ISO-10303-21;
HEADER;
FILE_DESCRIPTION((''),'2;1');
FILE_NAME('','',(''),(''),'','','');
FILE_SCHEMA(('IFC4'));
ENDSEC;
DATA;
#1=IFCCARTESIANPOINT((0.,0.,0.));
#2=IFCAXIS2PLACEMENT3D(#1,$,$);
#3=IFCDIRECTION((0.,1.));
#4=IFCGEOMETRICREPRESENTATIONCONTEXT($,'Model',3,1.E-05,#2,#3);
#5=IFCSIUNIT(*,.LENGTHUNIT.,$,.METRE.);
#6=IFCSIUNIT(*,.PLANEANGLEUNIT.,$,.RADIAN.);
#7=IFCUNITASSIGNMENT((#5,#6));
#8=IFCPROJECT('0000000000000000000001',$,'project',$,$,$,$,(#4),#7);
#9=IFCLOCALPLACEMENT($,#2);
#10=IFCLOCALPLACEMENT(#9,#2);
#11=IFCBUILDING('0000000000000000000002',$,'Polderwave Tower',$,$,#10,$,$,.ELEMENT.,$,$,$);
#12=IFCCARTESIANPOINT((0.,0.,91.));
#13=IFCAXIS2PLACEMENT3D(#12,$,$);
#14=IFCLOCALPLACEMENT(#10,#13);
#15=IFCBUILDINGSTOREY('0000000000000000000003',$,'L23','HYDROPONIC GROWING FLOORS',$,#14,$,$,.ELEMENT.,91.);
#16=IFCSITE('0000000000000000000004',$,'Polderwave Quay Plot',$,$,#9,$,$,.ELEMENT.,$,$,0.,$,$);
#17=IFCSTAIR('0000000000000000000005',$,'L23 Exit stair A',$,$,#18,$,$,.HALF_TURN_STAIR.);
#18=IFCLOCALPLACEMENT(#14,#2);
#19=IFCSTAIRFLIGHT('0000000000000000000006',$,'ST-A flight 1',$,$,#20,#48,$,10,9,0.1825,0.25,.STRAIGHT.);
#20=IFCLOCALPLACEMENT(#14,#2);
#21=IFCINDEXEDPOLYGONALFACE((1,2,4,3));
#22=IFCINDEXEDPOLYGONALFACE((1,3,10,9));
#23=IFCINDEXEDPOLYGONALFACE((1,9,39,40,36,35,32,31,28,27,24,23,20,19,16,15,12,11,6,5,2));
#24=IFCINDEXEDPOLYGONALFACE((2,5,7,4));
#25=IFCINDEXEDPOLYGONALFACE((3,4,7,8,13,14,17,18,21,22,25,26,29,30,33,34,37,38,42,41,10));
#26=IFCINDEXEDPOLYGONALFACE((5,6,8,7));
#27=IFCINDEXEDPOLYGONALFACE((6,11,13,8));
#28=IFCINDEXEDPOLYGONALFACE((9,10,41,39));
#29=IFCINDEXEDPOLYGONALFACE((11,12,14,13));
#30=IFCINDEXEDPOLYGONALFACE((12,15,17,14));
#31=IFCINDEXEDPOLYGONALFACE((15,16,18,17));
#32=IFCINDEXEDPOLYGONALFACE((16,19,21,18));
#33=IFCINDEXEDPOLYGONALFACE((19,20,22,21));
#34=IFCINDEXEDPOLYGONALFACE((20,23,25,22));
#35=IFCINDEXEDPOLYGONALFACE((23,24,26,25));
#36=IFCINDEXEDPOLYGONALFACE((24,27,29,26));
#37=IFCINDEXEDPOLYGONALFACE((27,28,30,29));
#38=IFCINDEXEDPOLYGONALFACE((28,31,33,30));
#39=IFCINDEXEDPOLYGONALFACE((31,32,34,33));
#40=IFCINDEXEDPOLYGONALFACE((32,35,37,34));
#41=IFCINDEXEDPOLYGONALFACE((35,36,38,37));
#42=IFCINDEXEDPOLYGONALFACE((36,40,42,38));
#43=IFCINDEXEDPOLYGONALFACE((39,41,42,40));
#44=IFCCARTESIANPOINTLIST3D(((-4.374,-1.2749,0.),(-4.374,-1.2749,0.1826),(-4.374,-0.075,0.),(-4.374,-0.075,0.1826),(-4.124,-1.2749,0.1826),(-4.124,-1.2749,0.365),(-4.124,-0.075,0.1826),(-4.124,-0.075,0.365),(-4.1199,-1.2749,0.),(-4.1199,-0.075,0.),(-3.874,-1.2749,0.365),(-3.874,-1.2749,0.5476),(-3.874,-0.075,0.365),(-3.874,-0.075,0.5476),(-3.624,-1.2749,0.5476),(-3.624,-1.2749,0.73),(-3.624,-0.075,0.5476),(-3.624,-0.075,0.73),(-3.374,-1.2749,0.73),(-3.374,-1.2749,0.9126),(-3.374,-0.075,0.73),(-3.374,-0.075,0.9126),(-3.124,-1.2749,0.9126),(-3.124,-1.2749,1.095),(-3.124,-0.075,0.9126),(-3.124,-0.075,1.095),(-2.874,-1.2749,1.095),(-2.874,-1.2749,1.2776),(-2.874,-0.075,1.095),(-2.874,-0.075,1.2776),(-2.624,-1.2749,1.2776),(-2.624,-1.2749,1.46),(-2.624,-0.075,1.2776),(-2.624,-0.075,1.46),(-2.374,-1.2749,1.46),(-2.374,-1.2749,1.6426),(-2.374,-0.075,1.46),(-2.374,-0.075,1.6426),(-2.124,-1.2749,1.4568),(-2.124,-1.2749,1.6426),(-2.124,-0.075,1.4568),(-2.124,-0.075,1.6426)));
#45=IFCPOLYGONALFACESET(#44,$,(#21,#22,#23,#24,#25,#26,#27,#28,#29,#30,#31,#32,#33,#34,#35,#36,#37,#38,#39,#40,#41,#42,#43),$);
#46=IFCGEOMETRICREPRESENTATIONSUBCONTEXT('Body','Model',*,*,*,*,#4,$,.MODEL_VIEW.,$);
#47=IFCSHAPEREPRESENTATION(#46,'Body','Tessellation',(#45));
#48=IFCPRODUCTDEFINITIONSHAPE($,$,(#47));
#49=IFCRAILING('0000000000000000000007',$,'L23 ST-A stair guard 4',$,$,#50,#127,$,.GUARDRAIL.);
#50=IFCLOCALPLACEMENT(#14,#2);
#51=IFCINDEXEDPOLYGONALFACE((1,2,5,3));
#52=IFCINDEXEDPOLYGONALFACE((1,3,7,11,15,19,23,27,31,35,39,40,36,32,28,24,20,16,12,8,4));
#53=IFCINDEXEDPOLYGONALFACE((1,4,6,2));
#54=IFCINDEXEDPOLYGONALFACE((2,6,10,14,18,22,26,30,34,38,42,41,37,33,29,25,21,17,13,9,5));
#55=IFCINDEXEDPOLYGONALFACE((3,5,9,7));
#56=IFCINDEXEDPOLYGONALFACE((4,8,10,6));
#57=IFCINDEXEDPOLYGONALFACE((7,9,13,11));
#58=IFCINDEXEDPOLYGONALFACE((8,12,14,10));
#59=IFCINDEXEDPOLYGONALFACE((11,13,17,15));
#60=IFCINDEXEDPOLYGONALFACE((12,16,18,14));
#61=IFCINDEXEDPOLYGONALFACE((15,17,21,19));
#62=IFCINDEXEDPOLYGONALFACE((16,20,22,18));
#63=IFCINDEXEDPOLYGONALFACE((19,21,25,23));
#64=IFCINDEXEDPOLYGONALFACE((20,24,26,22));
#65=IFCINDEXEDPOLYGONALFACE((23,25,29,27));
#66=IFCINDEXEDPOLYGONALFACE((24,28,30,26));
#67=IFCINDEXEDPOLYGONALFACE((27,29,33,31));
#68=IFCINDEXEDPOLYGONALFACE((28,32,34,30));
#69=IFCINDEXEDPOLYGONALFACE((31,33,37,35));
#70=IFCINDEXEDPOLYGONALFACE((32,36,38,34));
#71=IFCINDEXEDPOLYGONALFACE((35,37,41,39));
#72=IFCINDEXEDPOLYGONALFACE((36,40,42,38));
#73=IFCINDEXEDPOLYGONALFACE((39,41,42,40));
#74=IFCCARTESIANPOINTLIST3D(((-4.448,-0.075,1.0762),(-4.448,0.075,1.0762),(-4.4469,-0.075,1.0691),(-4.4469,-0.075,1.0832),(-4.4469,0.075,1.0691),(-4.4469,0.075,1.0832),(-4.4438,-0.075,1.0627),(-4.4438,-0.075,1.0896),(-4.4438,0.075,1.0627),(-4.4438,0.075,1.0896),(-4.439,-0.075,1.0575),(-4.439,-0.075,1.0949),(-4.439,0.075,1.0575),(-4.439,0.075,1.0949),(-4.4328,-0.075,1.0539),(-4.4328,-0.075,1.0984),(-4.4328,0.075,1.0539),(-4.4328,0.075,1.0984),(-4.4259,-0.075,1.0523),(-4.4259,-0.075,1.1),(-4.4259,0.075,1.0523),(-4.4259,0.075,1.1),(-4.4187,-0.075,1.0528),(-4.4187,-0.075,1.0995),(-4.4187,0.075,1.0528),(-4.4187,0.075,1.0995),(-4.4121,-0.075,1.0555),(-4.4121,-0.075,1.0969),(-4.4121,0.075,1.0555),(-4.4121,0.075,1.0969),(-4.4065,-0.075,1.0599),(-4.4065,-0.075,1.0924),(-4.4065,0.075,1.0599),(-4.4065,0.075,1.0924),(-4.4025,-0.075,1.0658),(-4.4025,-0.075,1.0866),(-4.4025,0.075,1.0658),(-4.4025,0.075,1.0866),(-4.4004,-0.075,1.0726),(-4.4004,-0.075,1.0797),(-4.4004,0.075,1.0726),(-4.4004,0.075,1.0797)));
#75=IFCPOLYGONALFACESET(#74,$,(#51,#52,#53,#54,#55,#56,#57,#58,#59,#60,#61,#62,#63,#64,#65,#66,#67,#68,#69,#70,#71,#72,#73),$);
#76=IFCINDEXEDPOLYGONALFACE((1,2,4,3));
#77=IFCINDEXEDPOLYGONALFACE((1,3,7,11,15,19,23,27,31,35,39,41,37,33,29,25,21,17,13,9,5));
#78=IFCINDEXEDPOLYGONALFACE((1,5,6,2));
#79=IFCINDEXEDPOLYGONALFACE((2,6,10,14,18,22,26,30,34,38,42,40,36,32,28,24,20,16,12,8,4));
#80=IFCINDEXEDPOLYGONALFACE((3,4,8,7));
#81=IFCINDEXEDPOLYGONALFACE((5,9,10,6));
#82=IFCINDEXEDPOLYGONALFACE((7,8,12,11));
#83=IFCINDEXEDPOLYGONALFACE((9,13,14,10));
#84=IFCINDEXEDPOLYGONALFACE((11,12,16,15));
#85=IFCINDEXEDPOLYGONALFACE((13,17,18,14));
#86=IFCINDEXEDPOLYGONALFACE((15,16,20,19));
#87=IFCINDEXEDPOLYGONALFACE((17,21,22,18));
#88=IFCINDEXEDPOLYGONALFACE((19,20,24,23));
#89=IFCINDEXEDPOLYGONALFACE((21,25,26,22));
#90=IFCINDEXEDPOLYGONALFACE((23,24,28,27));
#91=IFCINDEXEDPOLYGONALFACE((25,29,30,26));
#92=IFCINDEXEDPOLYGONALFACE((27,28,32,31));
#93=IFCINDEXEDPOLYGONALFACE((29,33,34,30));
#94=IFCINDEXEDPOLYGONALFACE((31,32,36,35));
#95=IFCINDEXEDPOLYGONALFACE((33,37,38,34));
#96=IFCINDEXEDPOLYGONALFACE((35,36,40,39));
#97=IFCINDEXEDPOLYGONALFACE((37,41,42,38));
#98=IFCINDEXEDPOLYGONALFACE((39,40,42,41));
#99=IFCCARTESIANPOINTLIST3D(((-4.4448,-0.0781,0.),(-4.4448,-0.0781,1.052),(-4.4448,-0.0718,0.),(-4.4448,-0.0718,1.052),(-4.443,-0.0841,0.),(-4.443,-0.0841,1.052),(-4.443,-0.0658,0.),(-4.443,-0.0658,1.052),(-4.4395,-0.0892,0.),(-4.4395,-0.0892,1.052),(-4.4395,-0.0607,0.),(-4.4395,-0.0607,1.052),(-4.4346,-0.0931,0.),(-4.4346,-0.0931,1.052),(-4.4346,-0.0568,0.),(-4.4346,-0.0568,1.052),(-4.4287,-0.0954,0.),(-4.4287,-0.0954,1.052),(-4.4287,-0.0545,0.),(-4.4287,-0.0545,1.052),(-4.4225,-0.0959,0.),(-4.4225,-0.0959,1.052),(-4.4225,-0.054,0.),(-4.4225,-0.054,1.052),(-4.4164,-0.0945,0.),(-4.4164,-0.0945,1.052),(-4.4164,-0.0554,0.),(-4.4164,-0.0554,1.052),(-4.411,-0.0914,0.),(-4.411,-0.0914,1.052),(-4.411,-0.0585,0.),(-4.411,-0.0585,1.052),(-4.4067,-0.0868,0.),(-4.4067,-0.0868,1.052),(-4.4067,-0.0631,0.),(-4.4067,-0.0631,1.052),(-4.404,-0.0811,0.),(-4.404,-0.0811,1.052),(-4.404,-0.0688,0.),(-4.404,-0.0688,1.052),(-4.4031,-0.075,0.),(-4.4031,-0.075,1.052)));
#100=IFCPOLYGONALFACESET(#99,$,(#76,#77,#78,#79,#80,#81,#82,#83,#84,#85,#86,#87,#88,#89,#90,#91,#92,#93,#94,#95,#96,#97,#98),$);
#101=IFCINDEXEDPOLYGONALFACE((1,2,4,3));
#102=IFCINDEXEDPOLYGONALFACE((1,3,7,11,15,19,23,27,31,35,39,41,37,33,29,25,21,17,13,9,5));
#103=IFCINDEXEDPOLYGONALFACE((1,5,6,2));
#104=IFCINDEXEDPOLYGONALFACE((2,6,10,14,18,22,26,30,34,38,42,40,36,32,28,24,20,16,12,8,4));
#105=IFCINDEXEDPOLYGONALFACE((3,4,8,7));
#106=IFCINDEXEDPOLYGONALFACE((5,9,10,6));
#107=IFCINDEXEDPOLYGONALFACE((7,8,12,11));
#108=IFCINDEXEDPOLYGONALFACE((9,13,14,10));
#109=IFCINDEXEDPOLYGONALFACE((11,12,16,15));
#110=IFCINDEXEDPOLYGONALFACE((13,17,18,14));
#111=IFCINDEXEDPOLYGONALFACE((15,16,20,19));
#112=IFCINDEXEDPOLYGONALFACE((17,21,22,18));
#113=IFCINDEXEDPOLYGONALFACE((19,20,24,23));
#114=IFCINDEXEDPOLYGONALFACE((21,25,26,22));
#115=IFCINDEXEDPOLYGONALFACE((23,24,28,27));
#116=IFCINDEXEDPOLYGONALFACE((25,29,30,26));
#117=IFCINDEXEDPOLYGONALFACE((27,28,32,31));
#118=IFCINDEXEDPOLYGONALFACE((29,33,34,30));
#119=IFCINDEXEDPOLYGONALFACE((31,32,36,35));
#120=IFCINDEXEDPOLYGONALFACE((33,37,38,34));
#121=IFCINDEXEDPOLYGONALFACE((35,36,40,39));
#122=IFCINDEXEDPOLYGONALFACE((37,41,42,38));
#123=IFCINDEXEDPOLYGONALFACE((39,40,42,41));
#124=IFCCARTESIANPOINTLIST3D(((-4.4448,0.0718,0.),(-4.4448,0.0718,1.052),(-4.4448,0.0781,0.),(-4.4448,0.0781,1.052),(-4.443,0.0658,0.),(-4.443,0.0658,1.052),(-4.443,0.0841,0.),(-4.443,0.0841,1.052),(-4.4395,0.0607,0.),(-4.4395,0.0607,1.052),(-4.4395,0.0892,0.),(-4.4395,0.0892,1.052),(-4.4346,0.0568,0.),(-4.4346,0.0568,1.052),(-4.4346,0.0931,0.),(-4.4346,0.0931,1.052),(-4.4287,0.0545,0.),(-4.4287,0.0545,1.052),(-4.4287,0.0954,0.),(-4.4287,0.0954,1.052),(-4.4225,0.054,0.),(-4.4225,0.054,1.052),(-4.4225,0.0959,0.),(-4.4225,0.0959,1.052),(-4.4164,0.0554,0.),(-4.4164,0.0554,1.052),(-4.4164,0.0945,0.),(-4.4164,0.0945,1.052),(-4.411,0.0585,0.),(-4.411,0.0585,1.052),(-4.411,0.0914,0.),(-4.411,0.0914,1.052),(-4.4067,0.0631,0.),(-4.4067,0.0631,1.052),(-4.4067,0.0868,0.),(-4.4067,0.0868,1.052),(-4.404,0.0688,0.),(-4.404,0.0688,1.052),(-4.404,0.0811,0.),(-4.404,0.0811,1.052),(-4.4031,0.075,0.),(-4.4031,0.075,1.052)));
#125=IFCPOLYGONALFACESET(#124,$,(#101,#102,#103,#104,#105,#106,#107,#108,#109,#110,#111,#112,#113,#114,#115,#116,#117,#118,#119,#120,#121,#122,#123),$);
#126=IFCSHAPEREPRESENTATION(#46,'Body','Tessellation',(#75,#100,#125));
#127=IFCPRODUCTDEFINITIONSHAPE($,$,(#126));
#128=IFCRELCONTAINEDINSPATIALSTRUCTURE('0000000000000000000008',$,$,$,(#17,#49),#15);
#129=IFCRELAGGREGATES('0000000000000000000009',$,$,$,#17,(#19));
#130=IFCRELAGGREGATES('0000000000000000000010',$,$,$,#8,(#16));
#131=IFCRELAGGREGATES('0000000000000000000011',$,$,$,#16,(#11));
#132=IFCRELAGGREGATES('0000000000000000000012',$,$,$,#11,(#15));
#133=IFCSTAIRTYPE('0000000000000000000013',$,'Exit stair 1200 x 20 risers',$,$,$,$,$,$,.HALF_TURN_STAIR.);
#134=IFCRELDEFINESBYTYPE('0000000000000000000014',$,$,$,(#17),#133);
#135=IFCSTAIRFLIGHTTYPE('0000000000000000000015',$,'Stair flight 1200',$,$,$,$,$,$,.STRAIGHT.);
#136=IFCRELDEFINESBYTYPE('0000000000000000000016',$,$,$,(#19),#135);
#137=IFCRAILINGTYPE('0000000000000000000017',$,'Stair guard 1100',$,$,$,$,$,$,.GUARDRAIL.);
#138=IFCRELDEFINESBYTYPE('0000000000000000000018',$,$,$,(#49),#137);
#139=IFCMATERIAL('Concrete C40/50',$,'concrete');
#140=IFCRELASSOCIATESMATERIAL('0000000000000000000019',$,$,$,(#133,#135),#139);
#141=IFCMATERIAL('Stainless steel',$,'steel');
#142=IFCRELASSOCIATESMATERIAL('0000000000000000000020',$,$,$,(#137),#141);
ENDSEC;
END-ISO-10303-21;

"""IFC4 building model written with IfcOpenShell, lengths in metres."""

from ifc_helpers import new_model, si_unit, direction, frame, origin, origin_2d, place, context, subcontext, project, spatial, polyline, circle, outline, extrude, material, type_object, element, aggregate, save


model = new_model("IFC4")

# Units and contexts
model_context = context("Model", 3, precision=1e-05, world=origin(), true_north=direction((0.0, 1.0)))
body_context = subcontext(model_context, "Body", "Model", "MODEL_VIEW")
ifc_project = project(units=[si_unit("LENGTHUNIT", "METRE"), si_unit("PLANEANGLEUNIT", "RADIAN")], contexts=[model_context])

# Site, building, storey
site_placement = place(None, origin())
site = spatial("IfcSite", under=ifc_project, at=site_placement, Name="Polderwave Quay Plot", CompositionType="ELEMENT", RefElevation=0.0)
building_placement = place(site_placement, origin())
building = spatial("IfcBuilding", under=site, at=building_placement, Name="Polderwave Tower", CompositionType="ELEMENT")
storey_placement = place(building_placement, frame((0.0, 0.0, 91.0)))
storey = spatial("IfcBuildingStorey", under=building, at=storey_placement, Name="L23", Description="HYDROPONIC GROWING FLOORS", CompositionType="ELEMENT", Elevation=91.0)

# Shared definitions
ifc_material_1 = material(Name="Stainless steel", Category="steel")

# Stair, stair flight
ifc_material_2 = material(Name="Concrete C40/50", Category="concrete")
stair_type = type_object("IfcStairType", Name="Exit stair 1200 x 20 risers", PredefinedType="HALF_TURN_STAIR", material=ifc_material_2)
stair_placement = place(storey_placement, origin())
stair = element("IfcStair", 1, at=stair_placement, inside=storey, type_object=stair_type, Name="L23 Exit stair A", PredefinedType="HALF_TURN_STAIR")
stair_flight_type = type_object("IfcStairFlightType", Name="Stair flight 1200", PredefinedType="STRAIGHT", material=ifc_material_2)
stair_flight_placement = place(storey_placement, frame((-4.374, -0.675, 0.0), z_axis=(0.0, 0.0, 1.0), x_axis=(1.0, 0.0, 0.0)))
stair_flight = element("IfcStairFlight", 2, at=stair_flight_placement, type_object=stair_flight_type, Name="ST-A flight 1", NumberOfRisers=10, NumberOfTreads=9, PredefinedType="STRAIGHT", RiserHeight=0.1825, TreadLength=0.25, context=body_context, shape_type="SweptSolid", body=[
    extrude(outline(polyline([(0.0, 0.0), (0.0, 0.1826), (0.25, 0.1826), (0.25, 0.365), (0.5, 0.365), (0.5, 0.5476), (0.75, 0.5476), (0.75, 0.73), (1.0, 0.73), (1.0, 0.9126), (1.25, 0.9126), (1.25, 1.095), (1.5, 1.095), (1.5, 1.2776), (1.75, 1.2776), (1.75, 1.46), (2.0, 1.46), (2.0, 1.6426), (2.25, 1.6426), (2.25, 1.825), (2.25, 1.4568), (0.2542, 0.0), (0.0, 0.0)])), frame((0.0, 0.6001, 0.0), z_axis=(0.0, -1.0, 0.0), x_axis=(1.0, 0.0, 0.0)), (0.0, 0.0, 1.0), 1.2),
])
aggregate(stair, [stair_flight])

# Railing
railing_type_1 = type_object("IfcRailingType", Name="Stair guard 1100", PredefinedType="GUARDRAIL", material=ifc_material_1)
railing_1_placement = place(storey_placement, frame((-4.4241, -0.075, 0.0)))
element("IfcRailing", 3, at=railing_1_placement, inside=storey, type_object=railing_type_1, Name="L23 ST-A stair guard 4", PredefinedType="GUARDRAIL", context=body_context, shape_type="SweptSolid", body=[
    extrude(circle(Radius=0.0239, at=origin_2d()), frame((0.0, 0.0, 1.0762), z_axis=(0.0, 1.0, 0.0), x_axis=(-1.0, 0.0, 0.0)), (0.0, 0.0, 1.0), 0.1499),
    extrude(circle(Radius=0.021, at=origin_2d()), origin(), (0.0, 0.0, 1.0), 1.052),
    extrude(circle(Radius=0.021, at=origin_2d()), frame((0.0, 0.1499, 0.0)), (0.0, 0.0, 1.0), 1.052),
])

save(model, "model.ifc")
